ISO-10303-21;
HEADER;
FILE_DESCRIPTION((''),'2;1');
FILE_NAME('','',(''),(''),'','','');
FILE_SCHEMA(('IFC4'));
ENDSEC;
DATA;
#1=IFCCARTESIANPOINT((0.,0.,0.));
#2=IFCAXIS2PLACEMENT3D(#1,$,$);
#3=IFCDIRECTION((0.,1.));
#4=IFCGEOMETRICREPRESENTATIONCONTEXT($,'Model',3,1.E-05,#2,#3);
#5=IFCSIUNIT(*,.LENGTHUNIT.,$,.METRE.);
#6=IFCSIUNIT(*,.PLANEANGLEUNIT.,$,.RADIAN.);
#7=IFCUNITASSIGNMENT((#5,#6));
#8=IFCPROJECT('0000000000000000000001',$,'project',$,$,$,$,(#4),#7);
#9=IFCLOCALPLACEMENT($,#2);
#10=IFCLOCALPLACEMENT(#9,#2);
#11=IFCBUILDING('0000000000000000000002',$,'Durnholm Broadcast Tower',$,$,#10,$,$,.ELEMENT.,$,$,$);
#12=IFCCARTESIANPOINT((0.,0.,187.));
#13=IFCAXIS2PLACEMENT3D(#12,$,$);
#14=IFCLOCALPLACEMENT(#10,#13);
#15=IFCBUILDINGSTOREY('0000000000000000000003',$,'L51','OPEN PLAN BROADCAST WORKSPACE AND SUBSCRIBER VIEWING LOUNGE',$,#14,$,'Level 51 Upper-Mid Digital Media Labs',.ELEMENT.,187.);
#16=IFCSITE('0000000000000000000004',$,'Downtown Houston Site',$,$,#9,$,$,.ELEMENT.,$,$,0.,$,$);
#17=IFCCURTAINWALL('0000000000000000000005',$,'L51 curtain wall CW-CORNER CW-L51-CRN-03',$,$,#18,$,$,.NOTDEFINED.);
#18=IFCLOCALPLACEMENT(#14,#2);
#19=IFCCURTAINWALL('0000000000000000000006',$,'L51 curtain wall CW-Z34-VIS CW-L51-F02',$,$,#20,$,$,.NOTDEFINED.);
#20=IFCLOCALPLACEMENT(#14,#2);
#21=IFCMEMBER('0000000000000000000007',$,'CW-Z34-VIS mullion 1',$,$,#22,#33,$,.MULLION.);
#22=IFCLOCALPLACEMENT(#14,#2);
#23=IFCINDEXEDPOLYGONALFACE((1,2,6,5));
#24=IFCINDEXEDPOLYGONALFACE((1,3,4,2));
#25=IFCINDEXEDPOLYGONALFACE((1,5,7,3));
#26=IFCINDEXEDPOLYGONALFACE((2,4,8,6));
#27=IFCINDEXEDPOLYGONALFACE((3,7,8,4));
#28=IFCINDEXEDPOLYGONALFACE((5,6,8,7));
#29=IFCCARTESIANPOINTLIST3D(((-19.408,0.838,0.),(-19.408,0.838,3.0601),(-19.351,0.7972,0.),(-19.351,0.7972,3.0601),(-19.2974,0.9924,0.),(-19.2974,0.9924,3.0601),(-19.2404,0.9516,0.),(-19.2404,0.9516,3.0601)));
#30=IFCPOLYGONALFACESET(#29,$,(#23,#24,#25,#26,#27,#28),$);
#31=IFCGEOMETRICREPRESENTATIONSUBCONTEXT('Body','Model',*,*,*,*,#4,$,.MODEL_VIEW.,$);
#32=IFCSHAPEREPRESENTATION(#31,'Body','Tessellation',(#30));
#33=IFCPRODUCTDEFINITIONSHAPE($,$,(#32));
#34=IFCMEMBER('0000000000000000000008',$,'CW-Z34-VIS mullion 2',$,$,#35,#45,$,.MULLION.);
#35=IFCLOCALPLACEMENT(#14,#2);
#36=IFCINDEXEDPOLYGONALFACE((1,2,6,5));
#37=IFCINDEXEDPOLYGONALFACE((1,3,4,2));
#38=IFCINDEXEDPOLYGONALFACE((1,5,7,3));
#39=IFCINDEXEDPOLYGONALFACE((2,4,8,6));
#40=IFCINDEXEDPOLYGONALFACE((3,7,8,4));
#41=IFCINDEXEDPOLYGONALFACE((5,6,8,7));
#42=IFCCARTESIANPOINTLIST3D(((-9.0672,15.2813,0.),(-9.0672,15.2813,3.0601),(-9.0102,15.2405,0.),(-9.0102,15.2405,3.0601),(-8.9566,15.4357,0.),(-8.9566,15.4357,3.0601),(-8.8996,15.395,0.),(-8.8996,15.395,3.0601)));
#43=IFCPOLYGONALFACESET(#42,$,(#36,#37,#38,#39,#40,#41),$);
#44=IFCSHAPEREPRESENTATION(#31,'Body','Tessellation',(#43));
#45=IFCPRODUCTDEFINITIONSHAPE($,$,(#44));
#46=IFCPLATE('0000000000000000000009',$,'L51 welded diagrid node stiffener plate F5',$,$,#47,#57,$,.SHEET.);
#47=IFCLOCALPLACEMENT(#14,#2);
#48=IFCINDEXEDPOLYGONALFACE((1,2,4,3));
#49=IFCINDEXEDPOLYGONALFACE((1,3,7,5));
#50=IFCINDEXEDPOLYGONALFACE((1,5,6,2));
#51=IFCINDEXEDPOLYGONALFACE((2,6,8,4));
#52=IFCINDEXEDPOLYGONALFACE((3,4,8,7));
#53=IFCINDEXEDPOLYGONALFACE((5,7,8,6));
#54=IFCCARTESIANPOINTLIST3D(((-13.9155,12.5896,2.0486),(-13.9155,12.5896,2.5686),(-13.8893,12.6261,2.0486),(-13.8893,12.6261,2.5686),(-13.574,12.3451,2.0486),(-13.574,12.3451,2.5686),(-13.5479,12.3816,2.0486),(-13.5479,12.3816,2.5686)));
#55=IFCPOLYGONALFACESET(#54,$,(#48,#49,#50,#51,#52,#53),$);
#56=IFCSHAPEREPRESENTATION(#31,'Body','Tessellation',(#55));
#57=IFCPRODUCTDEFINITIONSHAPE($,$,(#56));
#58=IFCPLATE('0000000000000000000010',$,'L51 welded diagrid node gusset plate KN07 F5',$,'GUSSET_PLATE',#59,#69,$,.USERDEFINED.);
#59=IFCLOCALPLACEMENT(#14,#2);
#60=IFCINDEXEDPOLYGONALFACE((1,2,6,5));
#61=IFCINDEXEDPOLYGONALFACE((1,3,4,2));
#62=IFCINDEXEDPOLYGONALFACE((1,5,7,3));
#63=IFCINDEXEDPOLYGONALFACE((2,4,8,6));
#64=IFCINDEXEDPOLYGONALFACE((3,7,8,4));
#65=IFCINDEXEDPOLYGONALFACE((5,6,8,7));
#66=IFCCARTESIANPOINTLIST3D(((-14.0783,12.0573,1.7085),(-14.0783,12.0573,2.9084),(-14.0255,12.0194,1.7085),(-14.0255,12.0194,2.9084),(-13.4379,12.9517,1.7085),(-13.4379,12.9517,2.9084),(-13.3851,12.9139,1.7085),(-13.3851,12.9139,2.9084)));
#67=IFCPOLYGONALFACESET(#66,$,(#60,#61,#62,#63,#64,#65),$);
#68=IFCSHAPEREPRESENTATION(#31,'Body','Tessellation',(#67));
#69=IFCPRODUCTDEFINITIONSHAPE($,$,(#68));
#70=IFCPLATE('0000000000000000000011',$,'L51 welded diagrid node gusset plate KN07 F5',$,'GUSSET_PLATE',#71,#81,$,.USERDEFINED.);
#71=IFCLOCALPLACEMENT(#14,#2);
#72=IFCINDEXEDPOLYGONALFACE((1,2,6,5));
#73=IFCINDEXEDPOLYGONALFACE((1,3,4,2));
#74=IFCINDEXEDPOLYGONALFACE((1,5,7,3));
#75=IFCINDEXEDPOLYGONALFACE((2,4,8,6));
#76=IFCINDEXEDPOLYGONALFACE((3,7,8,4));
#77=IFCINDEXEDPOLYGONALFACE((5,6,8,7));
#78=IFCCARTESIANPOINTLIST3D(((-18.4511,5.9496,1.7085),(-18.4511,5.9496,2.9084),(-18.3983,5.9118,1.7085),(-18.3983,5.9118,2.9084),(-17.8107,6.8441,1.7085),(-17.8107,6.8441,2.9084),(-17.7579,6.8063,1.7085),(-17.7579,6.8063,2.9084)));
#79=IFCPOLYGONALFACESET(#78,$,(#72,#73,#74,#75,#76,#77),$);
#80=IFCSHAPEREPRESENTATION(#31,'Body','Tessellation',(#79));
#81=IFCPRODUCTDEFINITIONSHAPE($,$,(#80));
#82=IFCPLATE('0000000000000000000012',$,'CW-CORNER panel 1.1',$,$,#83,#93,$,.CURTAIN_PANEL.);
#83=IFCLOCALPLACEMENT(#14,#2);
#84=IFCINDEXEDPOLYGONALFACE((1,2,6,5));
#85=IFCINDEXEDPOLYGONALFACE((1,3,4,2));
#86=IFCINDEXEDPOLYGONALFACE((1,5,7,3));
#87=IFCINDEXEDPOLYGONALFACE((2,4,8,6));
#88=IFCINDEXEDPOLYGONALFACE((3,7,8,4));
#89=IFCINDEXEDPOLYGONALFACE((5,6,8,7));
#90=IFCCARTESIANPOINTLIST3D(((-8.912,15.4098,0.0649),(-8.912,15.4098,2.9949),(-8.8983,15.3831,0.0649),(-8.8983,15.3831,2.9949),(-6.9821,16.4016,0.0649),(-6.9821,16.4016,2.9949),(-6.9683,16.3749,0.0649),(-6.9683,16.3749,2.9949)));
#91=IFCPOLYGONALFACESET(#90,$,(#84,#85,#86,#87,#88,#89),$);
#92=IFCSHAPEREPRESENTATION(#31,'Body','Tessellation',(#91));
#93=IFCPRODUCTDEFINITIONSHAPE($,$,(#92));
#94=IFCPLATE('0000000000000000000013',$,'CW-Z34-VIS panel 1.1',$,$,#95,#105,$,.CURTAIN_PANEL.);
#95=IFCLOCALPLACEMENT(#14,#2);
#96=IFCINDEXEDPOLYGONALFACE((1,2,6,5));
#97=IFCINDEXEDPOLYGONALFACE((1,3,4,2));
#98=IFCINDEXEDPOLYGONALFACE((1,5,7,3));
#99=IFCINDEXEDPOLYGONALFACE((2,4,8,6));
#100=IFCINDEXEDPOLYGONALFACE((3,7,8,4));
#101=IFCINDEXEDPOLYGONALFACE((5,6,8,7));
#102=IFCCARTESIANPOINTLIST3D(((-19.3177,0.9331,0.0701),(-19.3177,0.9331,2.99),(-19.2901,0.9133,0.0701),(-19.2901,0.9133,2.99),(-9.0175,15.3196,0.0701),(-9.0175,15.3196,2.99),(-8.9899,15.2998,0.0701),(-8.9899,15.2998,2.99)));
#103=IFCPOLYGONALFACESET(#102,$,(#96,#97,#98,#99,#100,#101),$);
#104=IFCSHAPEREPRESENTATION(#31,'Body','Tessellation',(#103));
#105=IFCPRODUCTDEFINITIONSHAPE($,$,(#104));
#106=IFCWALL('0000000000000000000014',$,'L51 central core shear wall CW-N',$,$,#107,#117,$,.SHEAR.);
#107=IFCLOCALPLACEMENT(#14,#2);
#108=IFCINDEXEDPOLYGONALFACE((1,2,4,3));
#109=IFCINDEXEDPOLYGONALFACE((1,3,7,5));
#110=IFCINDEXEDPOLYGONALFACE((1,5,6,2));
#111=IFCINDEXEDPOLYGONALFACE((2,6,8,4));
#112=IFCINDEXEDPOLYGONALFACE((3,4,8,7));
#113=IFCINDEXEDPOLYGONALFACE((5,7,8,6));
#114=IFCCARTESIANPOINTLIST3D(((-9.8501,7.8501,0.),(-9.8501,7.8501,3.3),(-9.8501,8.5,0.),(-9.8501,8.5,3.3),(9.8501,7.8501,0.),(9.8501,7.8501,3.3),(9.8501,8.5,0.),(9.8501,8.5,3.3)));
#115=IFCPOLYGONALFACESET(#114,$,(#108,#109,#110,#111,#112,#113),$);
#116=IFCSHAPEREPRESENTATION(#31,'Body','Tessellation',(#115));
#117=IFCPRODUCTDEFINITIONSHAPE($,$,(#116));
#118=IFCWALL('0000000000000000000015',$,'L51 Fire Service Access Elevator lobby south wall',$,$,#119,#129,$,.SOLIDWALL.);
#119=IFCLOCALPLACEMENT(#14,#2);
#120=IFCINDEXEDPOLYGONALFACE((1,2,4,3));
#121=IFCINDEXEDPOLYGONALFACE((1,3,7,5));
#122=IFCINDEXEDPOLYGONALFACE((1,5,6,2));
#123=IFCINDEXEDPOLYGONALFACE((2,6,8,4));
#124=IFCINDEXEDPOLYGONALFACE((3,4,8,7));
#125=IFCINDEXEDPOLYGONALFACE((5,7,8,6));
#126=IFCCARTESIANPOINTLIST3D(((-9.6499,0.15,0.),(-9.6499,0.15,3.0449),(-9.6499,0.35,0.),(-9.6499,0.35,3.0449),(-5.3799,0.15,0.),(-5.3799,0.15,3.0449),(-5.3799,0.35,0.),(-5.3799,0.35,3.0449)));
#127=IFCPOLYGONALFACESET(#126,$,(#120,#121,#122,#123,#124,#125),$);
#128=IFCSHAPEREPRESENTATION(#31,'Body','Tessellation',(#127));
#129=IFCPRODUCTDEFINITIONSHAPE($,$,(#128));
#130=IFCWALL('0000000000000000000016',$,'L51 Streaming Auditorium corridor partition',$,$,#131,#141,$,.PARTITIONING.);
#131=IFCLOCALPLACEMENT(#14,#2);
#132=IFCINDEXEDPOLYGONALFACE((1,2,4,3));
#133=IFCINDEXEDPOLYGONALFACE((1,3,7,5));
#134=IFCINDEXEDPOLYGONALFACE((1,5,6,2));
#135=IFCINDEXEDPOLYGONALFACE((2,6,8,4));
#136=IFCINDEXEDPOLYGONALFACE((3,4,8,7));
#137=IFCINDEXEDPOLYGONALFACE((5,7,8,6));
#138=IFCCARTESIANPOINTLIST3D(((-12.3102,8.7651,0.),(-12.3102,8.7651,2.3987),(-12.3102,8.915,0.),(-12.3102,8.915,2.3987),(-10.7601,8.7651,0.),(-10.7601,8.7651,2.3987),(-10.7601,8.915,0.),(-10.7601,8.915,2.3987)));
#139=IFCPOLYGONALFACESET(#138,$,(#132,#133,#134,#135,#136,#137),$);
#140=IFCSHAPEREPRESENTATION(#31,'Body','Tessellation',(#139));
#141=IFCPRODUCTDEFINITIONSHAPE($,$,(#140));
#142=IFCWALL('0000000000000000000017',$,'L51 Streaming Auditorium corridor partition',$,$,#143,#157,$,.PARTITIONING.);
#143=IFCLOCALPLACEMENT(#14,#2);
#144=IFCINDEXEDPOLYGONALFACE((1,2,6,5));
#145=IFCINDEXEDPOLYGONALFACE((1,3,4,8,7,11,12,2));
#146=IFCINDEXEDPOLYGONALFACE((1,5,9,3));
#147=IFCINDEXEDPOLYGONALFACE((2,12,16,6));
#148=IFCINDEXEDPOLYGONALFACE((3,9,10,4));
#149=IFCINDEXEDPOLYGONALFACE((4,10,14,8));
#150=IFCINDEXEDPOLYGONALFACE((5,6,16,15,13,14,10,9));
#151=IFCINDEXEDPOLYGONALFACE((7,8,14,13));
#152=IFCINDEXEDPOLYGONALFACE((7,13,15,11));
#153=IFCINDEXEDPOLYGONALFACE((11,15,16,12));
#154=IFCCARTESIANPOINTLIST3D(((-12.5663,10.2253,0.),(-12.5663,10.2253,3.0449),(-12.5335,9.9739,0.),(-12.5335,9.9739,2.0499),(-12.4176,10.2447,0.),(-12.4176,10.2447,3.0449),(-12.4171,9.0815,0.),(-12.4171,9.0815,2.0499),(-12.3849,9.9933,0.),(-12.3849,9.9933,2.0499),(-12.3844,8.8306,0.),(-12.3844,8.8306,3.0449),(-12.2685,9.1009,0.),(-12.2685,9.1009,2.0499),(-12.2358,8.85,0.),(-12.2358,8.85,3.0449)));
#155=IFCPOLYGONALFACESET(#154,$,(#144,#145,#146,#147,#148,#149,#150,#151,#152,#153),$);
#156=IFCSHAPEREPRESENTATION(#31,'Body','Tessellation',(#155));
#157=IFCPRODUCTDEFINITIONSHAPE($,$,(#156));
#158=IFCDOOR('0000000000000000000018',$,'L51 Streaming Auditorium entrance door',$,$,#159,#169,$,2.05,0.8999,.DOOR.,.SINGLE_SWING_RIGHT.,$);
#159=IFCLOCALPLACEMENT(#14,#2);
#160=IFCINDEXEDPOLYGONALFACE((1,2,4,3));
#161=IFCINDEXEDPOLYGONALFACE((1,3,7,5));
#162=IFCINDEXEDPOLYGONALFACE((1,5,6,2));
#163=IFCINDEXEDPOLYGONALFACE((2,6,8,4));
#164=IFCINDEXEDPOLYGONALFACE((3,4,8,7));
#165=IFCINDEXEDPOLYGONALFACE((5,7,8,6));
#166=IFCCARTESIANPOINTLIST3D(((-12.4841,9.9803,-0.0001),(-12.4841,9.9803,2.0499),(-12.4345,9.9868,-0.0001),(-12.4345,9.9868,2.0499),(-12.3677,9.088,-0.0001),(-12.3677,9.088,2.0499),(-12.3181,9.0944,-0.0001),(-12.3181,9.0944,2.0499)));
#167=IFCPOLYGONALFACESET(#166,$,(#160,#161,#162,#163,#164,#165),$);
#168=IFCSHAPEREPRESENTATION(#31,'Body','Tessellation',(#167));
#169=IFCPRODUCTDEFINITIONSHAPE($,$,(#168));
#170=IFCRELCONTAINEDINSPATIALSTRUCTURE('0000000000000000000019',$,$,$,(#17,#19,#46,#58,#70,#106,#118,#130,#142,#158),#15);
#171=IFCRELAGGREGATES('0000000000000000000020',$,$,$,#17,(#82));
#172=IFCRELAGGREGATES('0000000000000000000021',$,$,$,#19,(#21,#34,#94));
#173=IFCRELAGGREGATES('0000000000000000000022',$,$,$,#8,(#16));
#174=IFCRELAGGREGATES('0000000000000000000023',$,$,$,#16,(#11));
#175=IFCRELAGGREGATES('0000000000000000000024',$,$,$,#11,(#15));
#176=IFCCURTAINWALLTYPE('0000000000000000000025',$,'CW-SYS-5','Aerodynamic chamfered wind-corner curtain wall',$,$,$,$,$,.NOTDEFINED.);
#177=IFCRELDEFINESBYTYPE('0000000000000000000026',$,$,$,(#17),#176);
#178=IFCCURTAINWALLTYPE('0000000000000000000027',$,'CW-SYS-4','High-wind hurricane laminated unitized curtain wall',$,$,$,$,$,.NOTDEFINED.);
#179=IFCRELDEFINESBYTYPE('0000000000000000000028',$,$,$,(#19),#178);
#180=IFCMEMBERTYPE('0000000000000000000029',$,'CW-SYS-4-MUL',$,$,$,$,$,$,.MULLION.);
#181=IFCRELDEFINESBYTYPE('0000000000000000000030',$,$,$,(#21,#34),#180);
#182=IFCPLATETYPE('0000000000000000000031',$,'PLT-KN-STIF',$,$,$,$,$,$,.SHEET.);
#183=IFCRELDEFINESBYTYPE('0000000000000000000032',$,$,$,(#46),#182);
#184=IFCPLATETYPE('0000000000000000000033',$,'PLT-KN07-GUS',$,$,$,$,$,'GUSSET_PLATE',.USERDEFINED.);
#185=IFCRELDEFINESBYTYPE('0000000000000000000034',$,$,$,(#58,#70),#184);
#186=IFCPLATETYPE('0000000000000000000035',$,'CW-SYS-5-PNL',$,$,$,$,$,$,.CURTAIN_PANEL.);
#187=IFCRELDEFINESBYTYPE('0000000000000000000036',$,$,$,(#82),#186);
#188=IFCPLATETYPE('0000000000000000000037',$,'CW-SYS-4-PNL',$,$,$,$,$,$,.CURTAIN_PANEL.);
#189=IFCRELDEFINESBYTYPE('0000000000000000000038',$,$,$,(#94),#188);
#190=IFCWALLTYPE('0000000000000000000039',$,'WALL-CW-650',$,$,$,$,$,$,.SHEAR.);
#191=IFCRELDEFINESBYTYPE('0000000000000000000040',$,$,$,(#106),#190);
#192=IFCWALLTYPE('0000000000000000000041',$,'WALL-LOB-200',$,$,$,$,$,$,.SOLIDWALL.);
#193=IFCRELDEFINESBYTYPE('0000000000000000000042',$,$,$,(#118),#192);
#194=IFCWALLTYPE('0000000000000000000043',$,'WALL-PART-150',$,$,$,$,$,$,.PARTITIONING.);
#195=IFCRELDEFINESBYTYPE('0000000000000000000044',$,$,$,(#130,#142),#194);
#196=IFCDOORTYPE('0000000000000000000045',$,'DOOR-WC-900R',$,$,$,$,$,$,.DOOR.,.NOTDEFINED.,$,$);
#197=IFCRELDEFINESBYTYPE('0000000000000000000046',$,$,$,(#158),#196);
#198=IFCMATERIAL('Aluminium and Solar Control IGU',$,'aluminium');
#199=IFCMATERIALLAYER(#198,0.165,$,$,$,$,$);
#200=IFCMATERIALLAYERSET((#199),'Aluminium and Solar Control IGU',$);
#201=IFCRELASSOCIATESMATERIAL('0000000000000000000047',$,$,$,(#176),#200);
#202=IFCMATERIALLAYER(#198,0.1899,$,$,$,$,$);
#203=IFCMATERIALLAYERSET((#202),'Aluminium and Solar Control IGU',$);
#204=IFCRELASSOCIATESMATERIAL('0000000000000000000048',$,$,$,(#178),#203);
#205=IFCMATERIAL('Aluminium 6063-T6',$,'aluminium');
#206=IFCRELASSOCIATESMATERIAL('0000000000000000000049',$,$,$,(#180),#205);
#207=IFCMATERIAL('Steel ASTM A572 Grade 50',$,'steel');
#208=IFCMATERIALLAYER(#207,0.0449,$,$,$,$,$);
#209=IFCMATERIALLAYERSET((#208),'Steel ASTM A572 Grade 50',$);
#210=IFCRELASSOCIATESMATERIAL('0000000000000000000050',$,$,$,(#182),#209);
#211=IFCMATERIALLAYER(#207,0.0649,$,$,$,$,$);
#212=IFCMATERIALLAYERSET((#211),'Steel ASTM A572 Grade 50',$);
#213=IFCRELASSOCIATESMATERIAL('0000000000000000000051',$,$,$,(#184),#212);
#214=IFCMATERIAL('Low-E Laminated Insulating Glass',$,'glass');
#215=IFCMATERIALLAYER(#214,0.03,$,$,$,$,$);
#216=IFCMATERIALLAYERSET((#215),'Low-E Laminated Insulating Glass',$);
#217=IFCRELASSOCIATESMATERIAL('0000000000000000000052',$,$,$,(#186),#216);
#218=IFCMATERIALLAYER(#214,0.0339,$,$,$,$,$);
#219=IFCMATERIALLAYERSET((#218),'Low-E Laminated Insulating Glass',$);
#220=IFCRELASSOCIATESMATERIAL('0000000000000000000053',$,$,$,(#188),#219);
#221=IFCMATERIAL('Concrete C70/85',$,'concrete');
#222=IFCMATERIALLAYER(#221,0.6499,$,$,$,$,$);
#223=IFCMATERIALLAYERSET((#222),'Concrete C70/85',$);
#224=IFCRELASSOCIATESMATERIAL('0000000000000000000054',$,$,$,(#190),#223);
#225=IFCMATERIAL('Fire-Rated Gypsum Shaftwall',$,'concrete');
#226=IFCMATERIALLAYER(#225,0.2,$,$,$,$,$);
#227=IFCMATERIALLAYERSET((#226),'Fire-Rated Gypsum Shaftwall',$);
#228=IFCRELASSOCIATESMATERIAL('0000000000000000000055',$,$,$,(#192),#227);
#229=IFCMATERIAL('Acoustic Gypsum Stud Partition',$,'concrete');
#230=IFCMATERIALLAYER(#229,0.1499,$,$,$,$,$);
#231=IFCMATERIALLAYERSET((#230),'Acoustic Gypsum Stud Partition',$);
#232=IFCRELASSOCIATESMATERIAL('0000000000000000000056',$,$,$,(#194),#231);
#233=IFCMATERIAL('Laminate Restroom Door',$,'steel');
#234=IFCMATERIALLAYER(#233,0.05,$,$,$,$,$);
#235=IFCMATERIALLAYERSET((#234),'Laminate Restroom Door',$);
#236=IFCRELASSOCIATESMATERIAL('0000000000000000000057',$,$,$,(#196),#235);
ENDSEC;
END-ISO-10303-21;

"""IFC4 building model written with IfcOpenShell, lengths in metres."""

from ifc_helpers import new_model, si_unit, direction, frame, frame_2d, origin, origin_2d, place, context, subcontext, project, spatial, rectangle, extrude, source, transform, mapped, material, layer, layer_set, material_profile, profile_set, type_object, type_shapes, element, fill, aggregate, save


model = new_model("IFC4")

# Units and contexts
model_context = context("Model", 3, precision=1e-05, world=origin(), true_north=direction((0.0, 1.0)))
body_context = subcontext(model_context, "Body", "Model", "MODEL_VIEW")
ifc_project = project(units=[si_unit("LENGTHUNIT", "METRE"), si_unit("PLANEANGLEUNIT", "RADIAN")], contexts=[model_context])

# Site, building, storey
site_placement = place(None, origin())
site = spatial("IfcSite", under=ifc_project, at=site_placement, Name="Downtown Houston Site", CompositionType="ELEMENT", RefElevation=0.0)
building_placement = place(site_placement, origin())
building = spatial("IfcBuilding", under=site, at=building_placement, Name="Durnholm Broadcast Tower", CompositionType="ELEMENT")
storey_placement = place(building_placement, frame((0.0, 0.0, 187.0)))
storey = spatial("IfcBuildingStorey", under=building, at=storey_placement, Name="L51", Description="OPEN PLAN BROADCAST WORKSPACE AND SUBSCRIBER VIEWING LOUNGE", LongName="Level 51 Upper-Mid Digital Media Labs", CompositionType="ELEMENT", Elevation=187.0)

# Shared definitions
ifc_material_1 = material(Name="Concrete C70/85", Category="concrete")

# Shared definitions
ifc_material_2 = material(Name="Aluminium and Solar Control IGU", Category="aluminium")
ifc_layer_1 = layer(ifc_material_2, 0.165)
ifc_layer_set_1 = layer_set([ifc_layer_1], Name="Aluminium and Solar Control IGU")
curtain_wall_type_1 = type_object("IfcCurtainWallType", Name="CW-SYS-5", Description="Aerodynamic chamfered wind-corner curtain wall", PredefinedType="NOTDEFINED", material=ifc_layer_set_1)
ifc_material_3 = material(Name="Aluminium 6063-T6", Category="aluminium")

# Curtain walls, members
curtain_wall_1_placement = place(storey_placement, origin())
curtain_wall_1 = element("IfcCurtainWall", 1, at=curtain_wall_1_placement, inside=storey, type_object=curtain_wall_type_1, Name="L51 curtain wall CW-CORNER CW-L51-CRN-03", PredefinedType="NOTDEFINED")
ifc_layer_2 = layer(ifc_material_2, 0.1899)
ifc_layer_set_2 = layer_set([ifc_layer_2], Name="Aluminium and Solar Control IGU")
curtain_wall_type_2 = type_object("IfcCurtainWallType", Name="CW-SYS-4", Description="High-wind hurricane laminated unitized curtain wall", PredefinedType="NOTDEFINED", material=ifc_layer_set_2)
curtain_wall_2_placement = place(storey_placement, origin())
curtain_wall_2 = element("IfcCurtainWall", 2, at=curtain_wall_2_placement, inside=storey, type_object=curtain_wall_type_2, Name="L51 curtain wall CW-Z34-VIS CW-L51-F02", PredefinedType="NOTDEFINED")
ifc_material_profile_1 = material_profile(ifc_material_3, rectangle(XDim=0.0701, YDim=0.1899, at=origin_2d()), Name="CWM70X190")
ifc_profile_set_1 = profile_set([ifc_material_profile_1], Name="Aluminium 6063-T6")
member_type_1 = type_object("IfcMemberType", Name="CW-SYS-4-MUL", PredefinedType="MULLION", material=ifc_profile_set_1)
shared_shape_1 = source(origin(), body_context, "Body", "SweptSolid", [
    extrude(rectangle(XDim=0.0701, YDim=0.1899, at=origin_2d()), origin(), (0.0, 0.0, 1.0), 3.0601),
])
type_shapes(member_type_1, [shared_shape_1])
member_1_placement = place(storey_placement, frame((-19.3242, 0.8948, 0.0), z_axis=(0.0, 0.0, 1.0), x_axis=(-0.813089, 0.582139, 0.0)))
member_1 = element("IfcMember", 3, at=member_1_placement, type_object=member_type_1, Name="CW-Z34-VIS mullion 1", PredefinedType="MULLION", context=body_context, shape_type="MappedRepresentation", body=[
    mapped(shared_shape_1, transform((0.0, 0.0, 0.0), x_axis=(1.0, 0.0, 0.0), y_axis=(0.0, 1.0, 0.0), z_axis=(0.0, 0.0, 1.0), scale=1.0)),
])
member_2_placement = place(storey_placement, frame((-8.9834, 15.3381, 0.0), z_axis=(0.0, 0.0, 1.0), x_axis=(-0.813089, 0.582139, 0.0)))
member_2 = element("IfcMember", 4, at=member_2_placement, type_object=member_type_1, Name="CW-Z34-VIS mullion 2", PredefinedType="MULLION", context=body_context, shape_type="MappedRepresentation", body=[
    mapped(shared_shape_1, transform((0.0, 0.0, 0.0), x_axis=(1.0, 0.0, 0.0), y_axis=(0.0, 1.0, 0.0), z_axis=(0.0, 0.0, 1.0), scale=1.0)),
])

# Plates
ifc_material_4 = material(Name="Steel ASTM A572 Grade 50", Category="steel")
ifc_layer_3 = layer(ifc_material_4, 0.0449)
ifc_layer_set_3 = layer_set([ifc_layer_3], Name="Steel ASTM A572 Grade 50")
plate_type_1 = type_object("IfcPlateType", Name="PLT-KN-STIF", PredefinedType="SHEET", material=ifc_layer_set_3)
shared_shape_2 = source(origin(), body_context, "Body", "SweptSolid", [
    extrude(rectangle(XDim=0.0449, YDim=0.4199, at=origin_2d()), origin(), (0.0, 0.0, 1.0), 0.52),
])
type_shapes(plate_type_1, [shared_shape_2])
plate_1_placement = place(storey_placement, frame((-13.7317, 12.4856, 2.0486), z_axis=(0.0, 0.0, 1.0), x_axis=(-0.582123, -0.813101, 0.0)))
element("IfcPlate", 5, at=plate_1_placement, inside=storey, type_object=plate_type_1, Name="L51 welded diagrid node stiffener plate F5", PredefinedType="SHEET", context=body_context, shape_type="MappedRepresentation", body=[
    mapped(shared_shape_2, transform((0.0, 0.0, 0.0), x_axis=(1.0, 0.0, 0.0), y_axis=(0.0, 1.0, 0.0), z_axis=(0.0, 0.0, 1.0), scale=1.0)),
])
ifc_layer_4 = layer(ifc_material_4, 0.0649)
ifc_layer_set_4 = layer_set([ifc_layer_4], Name="Steel ASTM A572 Grade 50")
plate_type_2 = type_object("IfcPlateType", Name="PLT-KN07-GUS", ElementType="GUSSET_PLATE", PredefinedType="USERDEFINED", material=ifc_layer_set_4)
shared_shape_3 = source(origin(), body_context, "Body", "SweptSolid", [
    extrude(rectangle(XDim=1.1001, YDim=0.0649, at=origin_2d()), origin(), (0.0, 0.0, 1.0), 1.2),
])
type_shapes(plate_type_2, [shared_shape_3])
for number, where, z_axis, x_axis, name in (
    (6, (-13.7317, 12.4856, 1.7085), (0.0, 0.0, 1.0), (-0.582123, -0.813101, 0.0), "L51 welded diagrid node gusset plate KN07 F5"),
    (7, (-18.1045, 6.3779, 1.7085), (0.0, 0.0, 1.0), (-0.582123, -0.813101, 0.0), "L51 welded diagrid node gusset plate KN07 F5"),
):
    element("IfcPlate", number, at=place(storey_placement, frame(where, z_axis=z_axis, x_axis=x_axis)), inside=storey, type_object=plate_type_2, Name=name, ObjectType="GUSSET_PLATE", PredefinedType="USERDEFINED", context=body_context, shape_type="MappedRepresentation", body=[
        mapped(shared_shape_3, transform((0.0, 0.0, 0.0), x_axis=(1.0, 0.0, 0.0), y_axis=(0.0, 1.0, 0.0), z_axis=(0.0, 0.0, 1.0), scale=1.0)),
    ])

# Plates
ifc_material_5 = material(Name="Low-E Laminated Insulating Glass", Category="glass")
ifc_layer_5 = layer(ifc_material_5, 0.03)
ifc_layer_set_5 = layer_set([ifc_layer_5], Name="Low-E Laminated Insulating Glass")
plate_type_3 = type_object("IfcPlateType", Name="CW-SYS-5-PNL", PredefinedType="CURTAIN_PANEL", material=ifc_layer_set_5)
shared_shape_4 = source(origin(), body_context, "Body", "SweptSolid", [
    extrude(rectangle(XDim=2.1699, YDim=0.03, at=origin_2d()), origin(), (0.0, 0.0, 1.0), 2.9299),
])
type_shapes(plate_type_3, [shared_shape_4])
plate_2_placement = place(storey_placement, frame((-7.9402, 15.8923, 0.0649), z_axis=(0.0, 0.0, 1.0), x_axis=(0.889425, 0.457082, 0.0)))
plate_2 = element("IfcPlate", 8, at=plate_2_placement, type_object=plate_type_3, Name="CW-CORNER panel 1.1", PredefinedType="CURTAIN_PANEL", context=body_context, shape_type="MappedRepresentation", body=[
    mapped(shared_shape_4, transform((0.0, 0.0, 0.0), x_axis=(1.0, 0.0, 0.0), y_axis=(0.0, 1.0, 0.0), z_axis=(0.0, 0.0, 1.0), scale=1.0)),
])
aggregate(curtain_wall_1, [plate_2])
ifc_layer_6 = layer(ifc_material_5, 0.0339)
ifc_layer_set_6 = layer_set([ifc_layer_6], Name="Low-E Laminated Insulating Glass")
plate_type_4 = type_object("IfcPlateType", Name="CW-SYS-4-PNL", PredefinedType="CURTAIN_PANEL", material=ifc_layer_set_6)
shared_shape_5 = source(origin(), body_context, "Body", "SweptSolid", [
    extrude(rectangle(XDim=17.6936, YDim=0.0339, at=origin_2d()), origin(), (0.0, 0.0, 1.0), 2.9199),
])
type_shapes(plate_type_4, [shared_shape_5])
plate_3_placement = place(storey_placement, frame((-14.1538, 8.1165, 0.0701), z_axis=(0.0, 0.0, 1.0), x_axis=(0.582139, 0.813089, 0.0)))
plate_3 = element("IfcPlate", 9, at=plate_3_placement, type_object=plate_type_4, Name="CW-Z34-VIS panel 1.1", PredefinedType="CURTAIN_PANEL", context=body_context, shape_type="MappedRepresentation", body=[
    mapped(shared_shape_5, transform((0.0, 0.0, 0.0), x_axis=(1.0, 0.0, 0.0), y_axis=(0.0, 1.0, 0.0), z_axis=(0.0, 0.0, 1.0), scale=1.0)),
])
aggregate(curtain_wall_2, [member_1, member_2, plate_3])

# Walls
ifc_layer_7 = layer(ifc_material_1, 0.6499)
ifc_layer_set_7 = layer_set([ifc_layer_7], Name="Concrete C70/85")
wall_type_1 = type_object("IfcWallType", Name="WALL-CW-650", PredefinedType="SHEAR", material=ifc_layer_set_7)
wall_1_placement = place(storey_placement, frame((-9.8501, 8.175, 0.0), z_axis=(0.0, 0.0, 1.0), x_axis=(1.0, 0.0, 0.0)))
element("IfcWall", 10, at=wall_1_placement, inside=storey, type_object=wall_type_1, Name="L51 central core shear wall CW-N", PredefinedType="SHEAR", context=body_context, shape_type="SweptSolid", body=[
    extrude(rectangle(XDim=19.7002, YDim=0.6499, at=frame_2d((9.8501, 0.0))), origin(), (0.0, 0.0, 1.0), 3.3),
])
ifc_material_6 = material(Name="Fire-Rated Gypsum Shaftwall", Category="concrete")
ifc_layer_8 = layer(ifc_material_6, 0.2)
ifc_layer_set_8 = layer_set([ifc_layer_8], Name="Fire-Rated Gypsum Shaftwall")
wall_type_2 = type_object("IfcWallType", Name="WALL-LOB-200", PredefinedType="SOLIDWALL", material=ifc_layer_set_8)
wall_2_placement = place(storey_placement, frame((-9.6499, 0.25, 0.0), z_axis=(0.0, 0.0, 1.0), x_axis=(1.0, 0.0, 0.0)))
element("IfcWall", 11, at=wall_2_placement, inside=storey, type_object=wall_type_2, Name="L51 Fire Service Access Elevator lobby south wall", PredefinedType="SOLIDWALL", context=body_context, shape_type="SweptSolid", body=[
    extrude(rectangle(XDim=4.27, YDim=0.2, at=frame_2d((2.135, 0.0))), origin(), (0.0, 0.0, 1.0), 3.0449),
])
ifc_material_7 = material(Name="Acoustic Gypsum Stud Partition", Category="concrete")
ifc_layer_9 = layer(ifc_material_7, 0.1499)
ifc_layer_set_9 = layer_set([ifc_layer_9], Name="Acoustic Gypsum Stud Partition")
wall_type_3 = type_object("IfcWallType", Name="WALL-PART-150", PredefinedType="PARTITIONING", material=ifc_layer_set_9)
wall_3_placement = place(storey_placement, frame((-12.3101, 8.8401, 0.0), z_axis=(0.0, 0.0, 1.0), x_axis=(1.0, 0.0, 0.0)))
element("IfcWall", 12, at=wall_3_placement, inside=storey, type_object=wall_type_3, Name="L51 Streaming Auditorium corridor partition", PredefinedType="PARTITIONING", context=body_context, shape_type="SweptSolid", body=[
    extrude(rectangle(XDim=1.55, YDim=0.1499, at=frame_2d((0.7749, 0.0))), origin(), (0.0, 0.0, 1.0), 2.3987),
])

# Wall, opening, door
wall_4_placement = place(storey_placement, frame((-12.4919, 10.2349, 0.0), z_axis=(0.0, 0.0, 1.0), x_axis=(0.12931, -0.991604, 0.0)))
wall_4 = element("IfcWall", 13, at=wall_4_placement, inside=storey, type_object=wall_type_3, Name="L51 Streaming Auditorium corridor partition", PredefinedType="PARTITIONING", context=body_context, shape_type="SweptSolid", body=[
    extrude(rectangle(XDim=1.4065, YDim=0.1499, at=frame_2d((0.7031, 0.0))), origin(), (0.0, 0.0, 1.0), 3.0449),
])
opening_1_placement = place(wall_4_placement, frame((0.2534, 0.0, 0.0)))
opening_1 = element("IfcOpeningElement", 14, at=opening_1_placement, cuts=wall_4, PredefinedType="OPENING", context=body_context, shape_type="SweptSolid", body=[
    extrude(rectangle(XDim=0.8999, YDim=2.05, at=frame_2d((0.45, 1.0249))), frame((0.0, 0.085, 0.0), z_axis=(0.0, -1.0, 0.0), x_axis=(1.0, 0.0, 0.0)), (0.0, 0.0, 1.0), 0.1699),
])
ifc_material_8 = material(Name="Laminate Restroom Door", Category="steel")
ifc_layer_10 = layer(ifc_material_8, 0.05)
ifc_layer_set_10 = layer_set([ifc_layer_10], Name="Laminate Restroom Door")
door_type_1 = type_object("IfcDoorType", Name="DOOR-WC-900R", OperationType="NOTDEFINED", PredefinedType="DOOR", material=ifc_layer_set_10)
shared_shape_6 = source(origin(), body_context, "Body", "SweptSolid", [
    extrude(rectangle(XDim=0.8999, YDim=2.05, at=frame_2d((0.45, 1.0249))), frame((0.0, 0.0249, 0.0), z_axis=(0.0, -1.0, 0.0), x_axis=(1.0, 0.0, 0.0)), (0.0, 0.0, 1.0), 0.05),
])
type_shapes(door_type_1, [shared_shape_6])
door_1_placement = place(opening_1_placement, origin())
door_1 = element("IfcDoor", 15, at=door_1_placement, inside=storey, type_object=door_type_1, Name="L51 Streaming Auditorium entrance door", OperationType="SINGLE_SWING_RIGHT", OverallHeight=2.05, OverallWidth=0.8999, PredefinedType="DOOR", context=body_context, shape_type="MappedRepresentation", body=[
    mapped(shared_shape_6, transform((0.0, 0.0, 0.0), x_axis=(1.0, 0.0, 0.0), y_axis=(0.0, 1.0, 0.0), z_axis=(0.0, 0.0, 1.0), scale=1.0)),
])
fill(opening_1, door_1)

save(model, "model.ifc")
